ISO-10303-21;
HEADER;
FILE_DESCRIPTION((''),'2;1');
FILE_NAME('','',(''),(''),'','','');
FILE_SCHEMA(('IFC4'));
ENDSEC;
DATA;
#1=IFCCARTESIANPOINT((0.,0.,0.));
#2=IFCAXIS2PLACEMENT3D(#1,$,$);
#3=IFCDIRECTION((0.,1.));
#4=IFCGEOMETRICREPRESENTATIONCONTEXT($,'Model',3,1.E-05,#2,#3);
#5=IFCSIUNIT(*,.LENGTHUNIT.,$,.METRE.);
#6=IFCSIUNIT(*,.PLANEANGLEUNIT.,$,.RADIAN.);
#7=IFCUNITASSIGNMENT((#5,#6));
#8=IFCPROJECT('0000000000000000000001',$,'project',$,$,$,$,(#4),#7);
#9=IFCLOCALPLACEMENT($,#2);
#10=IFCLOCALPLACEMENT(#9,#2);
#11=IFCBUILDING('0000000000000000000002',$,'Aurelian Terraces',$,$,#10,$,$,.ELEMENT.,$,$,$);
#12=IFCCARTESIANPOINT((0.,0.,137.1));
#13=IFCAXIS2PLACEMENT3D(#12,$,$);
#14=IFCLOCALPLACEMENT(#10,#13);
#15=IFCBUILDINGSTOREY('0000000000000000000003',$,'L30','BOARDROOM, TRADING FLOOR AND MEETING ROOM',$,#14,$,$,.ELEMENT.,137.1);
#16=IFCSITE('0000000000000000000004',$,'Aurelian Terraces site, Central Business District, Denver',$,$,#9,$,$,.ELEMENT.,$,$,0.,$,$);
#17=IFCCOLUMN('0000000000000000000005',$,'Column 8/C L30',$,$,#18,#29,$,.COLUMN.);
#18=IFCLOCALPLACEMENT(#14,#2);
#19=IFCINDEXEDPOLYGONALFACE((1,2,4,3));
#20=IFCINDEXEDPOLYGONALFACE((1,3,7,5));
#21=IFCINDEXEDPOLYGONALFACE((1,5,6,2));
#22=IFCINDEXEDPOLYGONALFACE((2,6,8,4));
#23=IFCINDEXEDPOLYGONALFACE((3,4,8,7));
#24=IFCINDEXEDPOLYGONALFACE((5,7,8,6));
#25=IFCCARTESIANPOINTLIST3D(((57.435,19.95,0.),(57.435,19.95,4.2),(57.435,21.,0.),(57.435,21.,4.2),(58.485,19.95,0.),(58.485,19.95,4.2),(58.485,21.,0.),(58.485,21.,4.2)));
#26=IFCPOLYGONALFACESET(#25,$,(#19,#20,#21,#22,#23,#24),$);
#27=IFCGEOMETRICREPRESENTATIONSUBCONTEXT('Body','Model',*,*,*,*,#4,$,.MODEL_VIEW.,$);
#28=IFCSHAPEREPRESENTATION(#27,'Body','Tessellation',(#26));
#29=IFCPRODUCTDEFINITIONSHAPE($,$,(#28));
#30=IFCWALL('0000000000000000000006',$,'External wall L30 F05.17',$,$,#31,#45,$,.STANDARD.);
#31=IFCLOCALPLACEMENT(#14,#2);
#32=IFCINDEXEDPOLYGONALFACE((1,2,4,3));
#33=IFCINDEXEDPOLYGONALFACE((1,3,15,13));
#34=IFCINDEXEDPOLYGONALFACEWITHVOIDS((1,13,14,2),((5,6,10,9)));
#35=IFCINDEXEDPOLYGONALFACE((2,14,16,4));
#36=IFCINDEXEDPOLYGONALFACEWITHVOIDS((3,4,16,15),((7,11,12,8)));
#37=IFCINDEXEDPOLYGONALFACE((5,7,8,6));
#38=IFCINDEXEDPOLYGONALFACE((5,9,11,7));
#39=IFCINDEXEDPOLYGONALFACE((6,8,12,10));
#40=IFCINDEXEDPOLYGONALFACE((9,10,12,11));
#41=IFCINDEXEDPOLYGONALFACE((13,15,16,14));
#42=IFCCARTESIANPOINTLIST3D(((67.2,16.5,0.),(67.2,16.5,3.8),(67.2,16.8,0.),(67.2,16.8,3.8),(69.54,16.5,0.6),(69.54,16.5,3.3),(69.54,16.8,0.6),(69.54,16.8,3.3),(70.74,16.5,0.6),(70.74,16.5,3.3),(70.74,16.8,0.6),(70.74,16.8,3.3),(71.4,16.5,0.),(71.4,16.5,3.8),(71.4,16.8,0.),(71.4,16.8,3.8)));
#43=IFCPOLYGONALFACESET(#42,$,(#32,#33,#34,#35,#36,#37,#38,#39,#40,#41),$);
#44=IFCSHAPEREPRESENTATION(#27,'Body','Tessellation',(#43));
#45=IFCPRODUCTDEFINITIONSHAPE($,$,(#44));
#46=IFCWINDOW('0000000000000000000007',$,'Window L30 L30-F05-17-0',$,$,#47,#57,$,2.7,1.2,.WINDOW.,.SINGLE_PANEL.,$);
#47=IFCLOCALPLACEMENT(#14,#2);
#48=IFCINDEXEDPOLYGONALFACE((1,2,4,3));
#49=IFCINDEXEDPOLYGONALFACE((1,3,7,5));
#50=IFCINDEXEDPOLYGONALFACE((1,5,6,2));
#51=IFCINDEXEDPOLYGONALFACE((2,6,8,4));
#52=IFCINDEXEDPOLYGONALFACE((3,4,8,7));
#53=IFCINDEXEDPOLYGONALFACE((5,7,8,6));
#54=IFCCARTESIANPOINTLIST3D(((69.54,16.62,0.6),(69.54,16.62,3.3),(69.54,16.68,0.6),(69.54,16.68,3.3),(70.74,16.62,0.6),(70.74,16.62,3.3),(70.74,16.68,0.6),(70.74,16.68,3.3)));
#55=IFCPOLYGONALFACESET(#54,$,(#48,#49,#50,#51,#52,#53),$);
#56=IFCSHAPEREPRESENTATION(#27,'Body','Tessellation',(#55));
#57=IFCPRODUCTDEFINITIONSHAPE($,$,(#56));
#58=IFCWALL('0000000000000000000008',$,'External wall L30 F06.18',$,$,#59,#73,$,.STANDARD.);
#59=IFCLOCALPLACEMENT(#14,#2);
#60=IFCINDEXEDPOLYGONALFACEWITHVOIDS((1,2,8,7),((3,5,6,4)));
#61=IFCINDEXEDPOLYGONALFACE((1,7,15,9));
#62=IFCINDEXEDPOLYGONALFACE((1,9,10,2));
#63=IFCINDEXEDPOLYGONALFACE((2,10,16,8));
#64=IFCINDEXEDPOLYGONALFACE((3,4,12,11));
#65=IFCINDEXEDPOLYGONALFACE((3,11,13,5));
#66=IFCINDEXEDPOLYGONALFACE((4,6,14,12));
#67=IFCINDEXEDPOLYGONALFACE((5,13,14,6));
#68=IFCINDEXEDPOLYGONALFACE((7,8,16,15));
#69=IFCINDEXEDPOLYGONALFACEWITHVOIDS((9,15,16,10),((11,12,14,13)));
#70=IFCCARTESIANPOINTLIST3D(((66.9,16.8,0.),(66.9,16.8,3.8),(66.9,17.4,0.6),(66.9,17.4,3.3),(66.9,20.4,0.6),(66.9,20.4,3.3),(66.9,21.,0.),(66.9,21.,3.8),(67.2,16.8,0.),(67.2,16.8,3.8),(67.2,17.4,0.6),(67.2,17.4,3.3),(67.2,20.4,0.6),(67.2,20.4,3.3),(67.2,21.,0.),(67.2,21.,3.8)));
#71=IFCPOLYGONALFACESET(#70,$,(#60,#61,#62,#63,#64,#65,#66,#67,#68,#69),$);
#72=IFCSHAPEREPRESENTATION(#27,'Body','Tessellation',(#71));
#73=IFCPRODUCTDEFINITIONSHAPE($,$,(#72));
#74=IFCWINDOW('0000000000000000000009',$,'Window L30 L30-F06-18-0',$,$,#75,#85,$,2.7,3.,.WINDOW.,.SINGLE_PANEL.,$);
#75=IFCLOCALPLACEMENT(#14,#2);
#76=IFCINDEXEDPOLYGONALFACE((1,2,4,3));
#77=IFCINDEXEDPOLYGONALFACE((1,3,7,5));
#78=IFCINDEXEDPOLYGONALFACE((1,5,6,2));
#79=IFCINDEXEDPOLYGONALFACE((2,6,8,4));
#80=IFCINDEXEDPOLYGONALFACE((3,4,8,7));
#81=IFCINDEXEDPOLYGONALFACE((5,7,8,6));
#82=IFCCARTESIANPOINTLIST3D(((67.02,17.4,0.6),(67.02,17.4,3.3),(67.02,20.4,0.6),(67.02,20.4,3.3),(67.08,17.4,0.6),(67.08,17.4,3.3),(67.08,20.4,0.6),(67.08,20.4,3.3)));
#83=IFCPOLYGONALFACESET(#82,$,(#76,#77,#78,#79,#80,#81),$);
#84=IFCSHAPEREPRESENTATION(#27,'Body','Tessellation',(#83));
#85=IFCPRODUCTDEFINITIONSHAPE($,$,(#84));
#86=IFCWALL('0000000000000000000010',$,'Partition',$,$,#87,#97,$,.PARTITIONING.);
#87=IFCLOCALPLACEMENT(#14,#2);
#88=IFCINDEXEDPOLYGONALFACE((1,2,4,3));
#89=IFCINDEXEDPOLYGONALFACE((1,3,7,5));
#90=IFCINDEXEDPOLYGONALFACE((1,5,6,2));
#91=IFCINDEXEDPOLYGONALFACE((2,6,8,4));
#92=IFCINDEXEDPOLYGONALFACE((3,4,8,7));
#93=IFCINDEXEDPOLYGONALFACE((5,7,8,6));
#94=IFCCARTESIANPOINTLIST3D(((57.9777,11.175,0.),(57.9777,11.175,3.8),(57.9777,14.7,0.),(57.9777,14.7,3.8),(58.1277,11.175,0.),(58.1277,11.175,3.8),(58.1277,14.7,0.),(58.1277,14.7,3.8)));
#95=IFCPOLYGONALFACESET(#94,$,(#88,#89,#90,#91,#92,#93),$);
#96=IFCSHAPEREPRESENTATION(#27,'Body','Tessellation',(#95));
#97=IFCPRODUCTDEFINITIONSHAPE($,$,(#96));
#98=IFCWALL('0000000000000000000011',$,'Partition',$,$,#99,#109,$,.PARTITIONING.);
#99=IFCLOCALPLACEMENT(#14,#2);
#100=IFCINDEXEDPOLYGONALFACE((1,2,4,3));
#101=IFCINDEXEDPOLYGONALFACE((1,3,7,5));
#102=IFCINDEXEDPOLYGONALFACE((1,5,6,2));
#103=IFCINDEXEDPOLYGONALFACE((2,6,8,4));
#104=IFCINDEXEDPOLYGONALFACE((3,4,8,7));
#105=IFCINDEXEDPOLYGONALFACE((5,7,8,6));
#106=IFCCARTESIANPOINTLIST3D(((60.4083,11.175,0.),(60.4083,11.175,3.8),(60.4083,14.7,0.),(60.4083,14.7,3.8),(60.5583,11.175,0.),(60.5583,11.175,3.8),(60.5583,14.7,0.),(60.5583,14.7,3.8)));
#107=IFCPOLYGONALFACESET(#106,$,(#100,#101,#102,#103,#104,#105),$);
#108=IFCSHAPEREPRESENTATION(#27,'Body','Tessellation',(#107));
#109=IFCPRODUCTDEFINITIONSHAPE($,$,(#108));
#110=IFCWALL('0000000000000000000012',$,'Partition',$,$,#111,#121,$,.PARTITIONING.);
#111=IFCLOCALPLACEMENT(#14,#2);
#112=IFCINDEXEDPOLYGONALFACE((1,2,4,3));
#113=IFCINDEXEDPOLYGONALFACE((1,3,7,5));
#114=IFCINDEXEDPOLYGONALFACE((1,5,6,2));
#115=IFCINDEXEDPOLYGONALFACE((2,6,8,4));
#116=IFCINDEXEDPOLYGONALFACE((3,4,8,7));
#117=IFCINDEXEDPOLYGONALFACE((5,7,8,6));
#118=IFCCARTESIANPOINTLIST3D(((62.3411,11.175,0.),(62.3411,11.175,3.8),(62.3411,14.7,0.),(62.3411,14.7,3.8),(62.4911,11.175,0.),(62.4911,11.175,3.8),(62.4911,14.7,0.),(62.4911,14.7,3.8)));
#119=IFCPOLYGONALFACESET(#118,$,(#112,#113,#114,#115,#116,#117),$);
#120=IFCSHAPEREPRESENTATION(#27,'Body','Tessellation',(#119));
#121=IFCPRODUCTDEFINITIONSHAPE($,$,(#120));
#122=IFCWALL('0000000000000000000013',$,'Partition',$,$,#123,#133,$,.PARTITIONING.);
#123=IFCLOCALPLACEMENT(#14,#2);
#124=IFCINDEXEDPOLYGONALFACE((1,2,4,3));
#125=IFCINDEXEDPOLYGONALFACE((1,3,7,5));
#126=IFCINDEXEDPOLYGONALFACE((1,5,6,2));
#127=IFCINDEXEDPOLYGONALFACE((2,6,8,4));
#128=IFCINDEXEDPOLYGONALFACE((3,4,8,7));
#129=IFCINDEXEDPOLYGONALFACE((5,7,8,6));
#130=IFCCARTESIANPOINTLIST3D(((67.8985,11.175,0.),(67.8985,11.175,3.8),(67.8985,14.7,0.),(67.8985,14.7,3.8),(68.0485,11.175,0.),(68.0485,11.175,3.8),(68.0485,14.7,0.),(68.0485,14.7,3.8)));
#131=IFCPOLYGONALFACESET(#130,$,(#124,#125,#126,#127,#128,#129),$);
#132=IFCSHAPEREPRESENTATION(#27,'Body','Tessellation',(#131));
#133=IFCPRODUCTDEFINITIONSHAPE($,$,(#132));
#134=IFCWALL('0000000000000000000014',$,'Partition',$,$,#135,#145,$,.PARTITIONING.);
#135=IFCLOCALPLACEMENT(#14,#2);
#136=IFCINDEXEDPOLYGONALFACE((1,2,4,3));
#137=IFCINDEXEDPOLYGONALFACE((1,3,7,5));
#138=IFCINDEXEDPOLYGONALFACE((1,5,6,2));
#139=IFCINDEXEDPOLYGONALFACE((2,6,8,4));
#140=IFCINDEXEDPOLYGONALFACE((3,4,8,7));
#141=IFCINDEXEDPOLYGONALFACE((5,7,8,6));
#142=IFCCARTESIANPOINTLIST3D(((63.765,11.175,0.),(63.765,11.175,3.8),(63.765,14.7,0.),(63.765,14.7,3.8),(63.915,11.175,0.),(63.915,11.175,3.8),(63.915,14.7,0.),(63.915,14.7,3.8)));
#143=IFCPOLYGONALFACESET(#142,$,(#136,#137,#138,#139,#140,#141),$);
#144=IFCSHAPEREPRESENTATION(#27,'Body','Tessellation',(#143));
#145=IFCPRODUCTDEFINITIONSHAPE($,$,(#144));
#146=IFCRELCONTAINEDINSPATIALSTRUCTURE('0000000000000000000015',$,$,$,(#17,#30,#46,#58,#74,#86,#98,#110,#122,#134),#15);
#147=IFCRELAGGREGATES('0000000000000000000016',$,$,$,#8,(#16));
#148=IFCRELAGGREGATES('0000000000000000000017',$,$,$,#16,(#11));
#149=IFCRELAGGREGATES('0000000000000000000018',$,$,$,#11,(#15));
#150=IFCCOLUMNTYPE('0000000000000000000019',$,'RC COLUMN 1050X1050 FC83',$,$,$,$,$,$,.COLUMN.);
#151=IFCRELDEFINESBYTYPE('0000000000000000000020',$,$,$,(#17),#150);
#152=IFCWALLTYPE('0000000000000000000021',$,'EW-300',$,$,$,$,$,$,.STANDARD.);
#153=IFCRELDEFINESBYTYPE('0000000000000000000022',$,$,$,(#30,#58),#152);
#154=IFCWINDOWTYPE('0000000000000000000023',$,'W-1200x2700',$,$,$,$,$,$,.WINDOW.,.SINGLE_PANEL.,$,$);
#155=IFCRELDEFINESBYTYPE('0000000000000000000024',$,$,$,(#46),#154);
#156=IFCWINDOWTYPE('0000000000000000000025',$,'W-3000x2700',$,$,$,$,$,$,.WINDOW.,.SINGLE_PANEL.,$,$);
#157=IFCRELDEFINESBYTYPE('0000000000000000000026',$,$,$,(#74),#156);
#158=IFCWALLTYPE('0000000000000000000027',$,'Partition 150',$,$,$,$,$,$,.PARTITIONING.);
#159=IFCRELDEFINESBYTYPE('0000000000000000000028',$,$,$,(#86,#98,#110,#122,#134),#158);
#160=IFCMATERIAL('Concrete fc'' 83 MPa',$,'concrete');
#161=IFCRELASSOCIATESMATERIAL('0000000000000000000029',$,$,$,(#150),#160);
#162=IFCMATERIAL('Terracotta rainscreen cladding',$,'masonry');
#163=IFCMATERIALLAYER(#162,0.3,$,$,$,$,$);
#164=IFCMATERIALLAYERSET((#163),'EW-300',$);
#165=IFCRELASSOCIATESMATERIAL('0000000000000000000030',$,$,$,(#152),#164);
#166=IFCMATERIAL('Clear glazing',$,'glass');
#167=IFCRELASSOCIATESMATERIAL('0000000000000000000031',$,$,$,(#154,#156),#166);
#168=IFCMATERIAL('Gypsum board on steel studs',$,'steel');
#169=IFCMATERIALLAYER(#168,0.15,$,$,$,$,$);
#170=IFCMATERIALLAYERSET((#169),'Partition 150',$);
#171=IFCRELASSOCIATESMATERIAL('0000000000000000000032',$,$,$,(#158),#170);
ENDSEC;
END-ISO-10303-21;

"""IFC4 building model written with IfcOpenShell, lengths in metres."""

from ifc_helpers import new_model, si_unit, direction, frame, frame_2d, origin, origin_2d, place, context, subcontext, project, spatial, rectangle, extrude, source, transform, mapped, material, layer, layer_set, material_profile, profile_set, type_object, element, fill, save


model = new_model("IFC4")

# Units and contexts
model_context = context("Model", 3, precision=1e-05, world=origin(), true_north=direction((0.0, 1.0)))
body_context = subcontext(model_context, "Body", "Model", "MODEL_VIEW")
ifc_project = project(units=[si_unit("LENGTHUNIT", "METRE"), si_unit("PLANEANGLEUNIT", "RADIAN")], contexts=[model_context])

# Site, building, storey
site_placement = place(None, origin())
site = spatial("IfcSite", under=ifc_project, at=site_placement, Name="Aurelian Terraces site, Central Business District, Denver", CompositionType="ELEMENT", RefElevation=0.0)
building_placement = place(site_placement, origin())
building = spatial("IfcBuilding", under=site, at=building_placement, Name="Aurelian Terraces", CompositionType="ELEMENT")
storey_placement = place(building_placement, frame((0.0, 0.0, 137.1)))
storey = spatial("IfcBuildingStorey", under=building, at=storey_placement, Name="L30", Description="BOARDROOM, TRADING FLOOR AND MEETING ROOM", CompositionType="ELEMENT", Elevation=137.1)

# Column
ifc_material_1 = material(Name="Concrete fc' 83 MPa", Category="concrete")
ifc_material_profile = material_profile(ifc_material_1, rectangle(XDim=1.05, YDim=1.05, at=origin_2d()))
ifc_profile_set = profile_set([ifc_material_profile], Name="Concrete fc' 83 MPa")
column_type = type_object("IfcColumnType", Name="RC COLUMN 1050X1050 FC83", PredefinedType="COLUMN", material=ifc_profile_set)
shared_shape_1 = source(origin(), body_context, "Body", "SweptSolid", [
    extrude(rectangle(XDim=1.05, YDim=1.05, at=origin_2d()), origin(), (0.0, 0.0, 1.0), 4.2),
])
column_placement = place(storey_placement, frame((57.96, 20.475, 0.0), z_axis=(0.0, 0.0, 1.0), x_axis=(1.0, 0.0, 0.0)))
element("IfcColumn", 1, at=column_placement, inside=storey, type_object=column_type, Name="Column 8/C L30", PredefinedType="COLUMN", context=body_context, shape_type="MappedRepresentation", body=[
    mapped(shared_shape_1, transform((0.0, 0.0, 0.0), scale=1.0)),
])

# Walls, openings, windows
ifc_material_2 = material(Name="Terracotta rainscreen cladding", Category="masonry")
ifc_layer_1 = layer(ifc_material_2, 0.3)
ifc_layer_set_1 = layer_set([ifc_layer_1], Name="EW-300")
wall_type_1 = type_object("IfcWallType", Name="EW-300", PredefinedType="STANDARD", material=ifc_layer_set_1)
shared_shape_2 = source(origin(), body_context, "Body", "SweptSolid", [
    extrude(rectangle(XDim=4.2, YDim=0.3, at=frame_2d((2.1, 0.0))), origin(), (0.0, 0.0, 1.0), 3.8),
])
wall_1_placement = place(storey_placement, frame((71.4, 16.65, 0.0), z_axis=(0.0, 0.0, 1.0), x_axis=(-1.0, 0.0, 0.0)))
wall_1 = element("IfcWall", 2, at=wall_1_placement, inside=storey, type_object=wall_type_1, Name="External wall L30 F05.17", PredefinedType="STANDARD", context=body_context, shape_type="MappedRepresentation", body=[
    mapped(shared_shape_2, transform((0.0, 0.0, 0.0), scale=1.0)),
])
shared_shape_3 = source(origin(), body_context, "Body", "SweptSolid", [
    extrude(rectangle(XDim=1.2, YDim=2.7, at=frame_2d((0.6, 1.35))), frame((0.0, 0.16, 0.0), z_axis=(0.0, -1.0, 0.0), x_axis=(1.0, 0.0, 0.0)), (0.0, 0.0, 1.0), 0.32),
])
opening_1_placement = place(wall_1_placement, frame((0.66, 0.0, 0.6)))
opening_1 = element("IfcOpeningElement", 3, at=opening_1_placement, cuts=wall_1, PredefinedType="OPENING", context=body_context, shape_type="MappedRepresentation", body=[
    mapped(shared_shape_3, transform((0.0, 0.0, 0.0), scale=1.0)),
])
ifc_material_3 = material(Name="Clear glazing", Category="glass")
window_type_1 = type_object("IfcWindowType", Name="W-1200x2700", PartitioningType="SINGLE_PANEL", PredefinedType="WINDOW", material=ifc_material_3)
shared_shape_4 = source(origin(), body_context, "Body", "SweptSolid", [
    extrude(rectangle(XDim=1.2, YDim=2.7, at=frame_2d((0.6, 1.35))), frame((0.0, 0.03, 0.0), z_axis=(0.0, -1.0, 0.0), x_axis=(1.0, 0.0, 0.0)), (0.0, 0.0, 1.0), 0.06),
])
window_1_placement = place(opening_1_placement, origin())
window_1 = element("IfcWindow", 4, at=window_1_placement, inside=storey, type_object=window_type_1, Name="Window L30 L30-F05-17-0", OverallHeight=2.7, OverallWidth=1.2, PartitioningType="SINGLE_PANEL", PredefinedType="WINDOW", context=body_context, shape_type="MappedRepresentation", body=[
    mapped(shared_shape_4, transform((0.0, 0.0, 0.0), scale=1.0)),
])
fill(opening_1, window_1)
wall_2_placement = place(storey_placement, frame((67.05, 16.8, 0.0), z_axis=(0.0, 0.0, 1.0), x_axis=(0.0, 1.0, 0.0)))
wall_2 = element("IfcWall", 5, at=wall_2_placement, inside=storey, type_object=wall_type_1, Name="External wall L30 F06.18", PredefinedType="STANDARD", context=body_context, shape_type="MappedRepresentation", body=[
    mapped(shared_shape_2, transform((0.0, 0.0, 0.0), scale=1.0)),
])
shared_shape_5 = source(origin(), body_context, "Body", "SweptSolid", [
    extrude(rectangle(XDim=3.0, YDim=2.7, at=frame_2d((1.5, 1.35))), frame((0.0, 0.16, 0.0), z_axis=(0.0, -1.0, 0.0), x_axis=(1.0, 0.0, 0.0)), (0.0, 0.0, 1.0), 0.32),
])
opening_2_placement = place(wall_2_placement, frame((0.6, 0.0, 0.6)))
opening_2 = element("IfcOpeningElement", 6, at=opening_2_placement, cuts=wall_2, PredefinedType="OPENING", context=body_context, shape_type="MappedRepresentation", body=[
    mapped(shared_shape_5, transform((0.0, 0.0, 0.0), scale=1.0)),
])
window_type_2 = type_object("IfcWindowType", Name="W-3000x2700", PartitioningType="SINGLE_PANEL", PredefinedType="WINDOW", material=ifc_material_3)
shared_shape_6 = source(origin(), body_context, "Body", "SweptSolid", [
    extrude(rectangle(XDim=3.0, YDim=2.7, at=frame_2d((1.5, 1.35))), frame((0.0, 0.03, 0.0), z_axis=(0.0, -1.0, 0.0), x_axis=(1.0, 0.0, 0.0)), (0.0, 0.0, 1.0), 0.06),
])
window_2_placement = place(opening_2_placement, origin())
window_2 = element("IfcWindow", 7, at=window_2_placement, inside=storey, type_object=window_type_2, Name="Window L30 L30-F06-18-0", OverallHeight=2.7, OverallWidth=3.0, PartitioningType="SINGLE_PANEL", PredefinedType="WINDOW", context=body_context, shape_type="MappedRepresentation", body=[
    mapped(shared_shape_6, transform((0.0, 0.0, 0.0), scale=1.0)),
])
fill(opening_2, window_2)

# Shared definitions
ifc_material_4 = material(Name="Gypsum board on steel studs", Category="steel")

# Walls
ifc_layer_2 = layer(ifc_material_4, 0.15)
ifc_layer_set_2 = layer_set([ifc_layer_2], Name="Partition 150")
wall_type_2 = type_object("IfcWallType", Name="Partition 150", PredefinedType="PARTITIONING", material=ifc_layer_set_2)
shared_shape_7 = source(origin(), body_context, "Body", "SweptSolid", [
    extrude(rectangle(XDim=3.525, YDim=0.15, at=frame_2d((1.7625, 0.0))), origin(), (0.0, 0.0, 1.0), 3.8),
])
for number, where, z_axis, x_axis, name in (
    (8, (58.0527, 11.175, 0.0), (0.0, 0.0, 1.0), (0.0, 1.0, 0.0), "Partition"),
    (9, (60.4833, 11.175, 0.0), (0.0, 0.0, 1.0), (0.0, 1.0, 0.0), "Partition"),
    (10, (62.4161, 11.175, 0.0), (0.0, 0.0, 1.0), (0.0, 1.0, 0.0), "Partition"),
    (11, (67.9735, 11.175, 0.0), (0.0, 0.0, 1.0), (0.0, 1.0, 0.0), "Partition"),
    (12, (63.84, 11.175, 0.0), (0.0, 0.0, 1.0), (0.0, 1.0, 0.0), "Partition"),
):
    element("IfcWall", number, at=place(storey_placement, frame(where, z_axis=z_axis, x_axis=x_axis)), inside=storey, type_object=wall_type_2, Name=name, PredefinedType="PARTITIONING", context=body_context, shape_type="MappedRepresentation", body=[
        mapped(shared_shape_7, transform((0.0, 0.0, 0.0), scale=1.0)),
    ])

save(model, "model.ifc")
